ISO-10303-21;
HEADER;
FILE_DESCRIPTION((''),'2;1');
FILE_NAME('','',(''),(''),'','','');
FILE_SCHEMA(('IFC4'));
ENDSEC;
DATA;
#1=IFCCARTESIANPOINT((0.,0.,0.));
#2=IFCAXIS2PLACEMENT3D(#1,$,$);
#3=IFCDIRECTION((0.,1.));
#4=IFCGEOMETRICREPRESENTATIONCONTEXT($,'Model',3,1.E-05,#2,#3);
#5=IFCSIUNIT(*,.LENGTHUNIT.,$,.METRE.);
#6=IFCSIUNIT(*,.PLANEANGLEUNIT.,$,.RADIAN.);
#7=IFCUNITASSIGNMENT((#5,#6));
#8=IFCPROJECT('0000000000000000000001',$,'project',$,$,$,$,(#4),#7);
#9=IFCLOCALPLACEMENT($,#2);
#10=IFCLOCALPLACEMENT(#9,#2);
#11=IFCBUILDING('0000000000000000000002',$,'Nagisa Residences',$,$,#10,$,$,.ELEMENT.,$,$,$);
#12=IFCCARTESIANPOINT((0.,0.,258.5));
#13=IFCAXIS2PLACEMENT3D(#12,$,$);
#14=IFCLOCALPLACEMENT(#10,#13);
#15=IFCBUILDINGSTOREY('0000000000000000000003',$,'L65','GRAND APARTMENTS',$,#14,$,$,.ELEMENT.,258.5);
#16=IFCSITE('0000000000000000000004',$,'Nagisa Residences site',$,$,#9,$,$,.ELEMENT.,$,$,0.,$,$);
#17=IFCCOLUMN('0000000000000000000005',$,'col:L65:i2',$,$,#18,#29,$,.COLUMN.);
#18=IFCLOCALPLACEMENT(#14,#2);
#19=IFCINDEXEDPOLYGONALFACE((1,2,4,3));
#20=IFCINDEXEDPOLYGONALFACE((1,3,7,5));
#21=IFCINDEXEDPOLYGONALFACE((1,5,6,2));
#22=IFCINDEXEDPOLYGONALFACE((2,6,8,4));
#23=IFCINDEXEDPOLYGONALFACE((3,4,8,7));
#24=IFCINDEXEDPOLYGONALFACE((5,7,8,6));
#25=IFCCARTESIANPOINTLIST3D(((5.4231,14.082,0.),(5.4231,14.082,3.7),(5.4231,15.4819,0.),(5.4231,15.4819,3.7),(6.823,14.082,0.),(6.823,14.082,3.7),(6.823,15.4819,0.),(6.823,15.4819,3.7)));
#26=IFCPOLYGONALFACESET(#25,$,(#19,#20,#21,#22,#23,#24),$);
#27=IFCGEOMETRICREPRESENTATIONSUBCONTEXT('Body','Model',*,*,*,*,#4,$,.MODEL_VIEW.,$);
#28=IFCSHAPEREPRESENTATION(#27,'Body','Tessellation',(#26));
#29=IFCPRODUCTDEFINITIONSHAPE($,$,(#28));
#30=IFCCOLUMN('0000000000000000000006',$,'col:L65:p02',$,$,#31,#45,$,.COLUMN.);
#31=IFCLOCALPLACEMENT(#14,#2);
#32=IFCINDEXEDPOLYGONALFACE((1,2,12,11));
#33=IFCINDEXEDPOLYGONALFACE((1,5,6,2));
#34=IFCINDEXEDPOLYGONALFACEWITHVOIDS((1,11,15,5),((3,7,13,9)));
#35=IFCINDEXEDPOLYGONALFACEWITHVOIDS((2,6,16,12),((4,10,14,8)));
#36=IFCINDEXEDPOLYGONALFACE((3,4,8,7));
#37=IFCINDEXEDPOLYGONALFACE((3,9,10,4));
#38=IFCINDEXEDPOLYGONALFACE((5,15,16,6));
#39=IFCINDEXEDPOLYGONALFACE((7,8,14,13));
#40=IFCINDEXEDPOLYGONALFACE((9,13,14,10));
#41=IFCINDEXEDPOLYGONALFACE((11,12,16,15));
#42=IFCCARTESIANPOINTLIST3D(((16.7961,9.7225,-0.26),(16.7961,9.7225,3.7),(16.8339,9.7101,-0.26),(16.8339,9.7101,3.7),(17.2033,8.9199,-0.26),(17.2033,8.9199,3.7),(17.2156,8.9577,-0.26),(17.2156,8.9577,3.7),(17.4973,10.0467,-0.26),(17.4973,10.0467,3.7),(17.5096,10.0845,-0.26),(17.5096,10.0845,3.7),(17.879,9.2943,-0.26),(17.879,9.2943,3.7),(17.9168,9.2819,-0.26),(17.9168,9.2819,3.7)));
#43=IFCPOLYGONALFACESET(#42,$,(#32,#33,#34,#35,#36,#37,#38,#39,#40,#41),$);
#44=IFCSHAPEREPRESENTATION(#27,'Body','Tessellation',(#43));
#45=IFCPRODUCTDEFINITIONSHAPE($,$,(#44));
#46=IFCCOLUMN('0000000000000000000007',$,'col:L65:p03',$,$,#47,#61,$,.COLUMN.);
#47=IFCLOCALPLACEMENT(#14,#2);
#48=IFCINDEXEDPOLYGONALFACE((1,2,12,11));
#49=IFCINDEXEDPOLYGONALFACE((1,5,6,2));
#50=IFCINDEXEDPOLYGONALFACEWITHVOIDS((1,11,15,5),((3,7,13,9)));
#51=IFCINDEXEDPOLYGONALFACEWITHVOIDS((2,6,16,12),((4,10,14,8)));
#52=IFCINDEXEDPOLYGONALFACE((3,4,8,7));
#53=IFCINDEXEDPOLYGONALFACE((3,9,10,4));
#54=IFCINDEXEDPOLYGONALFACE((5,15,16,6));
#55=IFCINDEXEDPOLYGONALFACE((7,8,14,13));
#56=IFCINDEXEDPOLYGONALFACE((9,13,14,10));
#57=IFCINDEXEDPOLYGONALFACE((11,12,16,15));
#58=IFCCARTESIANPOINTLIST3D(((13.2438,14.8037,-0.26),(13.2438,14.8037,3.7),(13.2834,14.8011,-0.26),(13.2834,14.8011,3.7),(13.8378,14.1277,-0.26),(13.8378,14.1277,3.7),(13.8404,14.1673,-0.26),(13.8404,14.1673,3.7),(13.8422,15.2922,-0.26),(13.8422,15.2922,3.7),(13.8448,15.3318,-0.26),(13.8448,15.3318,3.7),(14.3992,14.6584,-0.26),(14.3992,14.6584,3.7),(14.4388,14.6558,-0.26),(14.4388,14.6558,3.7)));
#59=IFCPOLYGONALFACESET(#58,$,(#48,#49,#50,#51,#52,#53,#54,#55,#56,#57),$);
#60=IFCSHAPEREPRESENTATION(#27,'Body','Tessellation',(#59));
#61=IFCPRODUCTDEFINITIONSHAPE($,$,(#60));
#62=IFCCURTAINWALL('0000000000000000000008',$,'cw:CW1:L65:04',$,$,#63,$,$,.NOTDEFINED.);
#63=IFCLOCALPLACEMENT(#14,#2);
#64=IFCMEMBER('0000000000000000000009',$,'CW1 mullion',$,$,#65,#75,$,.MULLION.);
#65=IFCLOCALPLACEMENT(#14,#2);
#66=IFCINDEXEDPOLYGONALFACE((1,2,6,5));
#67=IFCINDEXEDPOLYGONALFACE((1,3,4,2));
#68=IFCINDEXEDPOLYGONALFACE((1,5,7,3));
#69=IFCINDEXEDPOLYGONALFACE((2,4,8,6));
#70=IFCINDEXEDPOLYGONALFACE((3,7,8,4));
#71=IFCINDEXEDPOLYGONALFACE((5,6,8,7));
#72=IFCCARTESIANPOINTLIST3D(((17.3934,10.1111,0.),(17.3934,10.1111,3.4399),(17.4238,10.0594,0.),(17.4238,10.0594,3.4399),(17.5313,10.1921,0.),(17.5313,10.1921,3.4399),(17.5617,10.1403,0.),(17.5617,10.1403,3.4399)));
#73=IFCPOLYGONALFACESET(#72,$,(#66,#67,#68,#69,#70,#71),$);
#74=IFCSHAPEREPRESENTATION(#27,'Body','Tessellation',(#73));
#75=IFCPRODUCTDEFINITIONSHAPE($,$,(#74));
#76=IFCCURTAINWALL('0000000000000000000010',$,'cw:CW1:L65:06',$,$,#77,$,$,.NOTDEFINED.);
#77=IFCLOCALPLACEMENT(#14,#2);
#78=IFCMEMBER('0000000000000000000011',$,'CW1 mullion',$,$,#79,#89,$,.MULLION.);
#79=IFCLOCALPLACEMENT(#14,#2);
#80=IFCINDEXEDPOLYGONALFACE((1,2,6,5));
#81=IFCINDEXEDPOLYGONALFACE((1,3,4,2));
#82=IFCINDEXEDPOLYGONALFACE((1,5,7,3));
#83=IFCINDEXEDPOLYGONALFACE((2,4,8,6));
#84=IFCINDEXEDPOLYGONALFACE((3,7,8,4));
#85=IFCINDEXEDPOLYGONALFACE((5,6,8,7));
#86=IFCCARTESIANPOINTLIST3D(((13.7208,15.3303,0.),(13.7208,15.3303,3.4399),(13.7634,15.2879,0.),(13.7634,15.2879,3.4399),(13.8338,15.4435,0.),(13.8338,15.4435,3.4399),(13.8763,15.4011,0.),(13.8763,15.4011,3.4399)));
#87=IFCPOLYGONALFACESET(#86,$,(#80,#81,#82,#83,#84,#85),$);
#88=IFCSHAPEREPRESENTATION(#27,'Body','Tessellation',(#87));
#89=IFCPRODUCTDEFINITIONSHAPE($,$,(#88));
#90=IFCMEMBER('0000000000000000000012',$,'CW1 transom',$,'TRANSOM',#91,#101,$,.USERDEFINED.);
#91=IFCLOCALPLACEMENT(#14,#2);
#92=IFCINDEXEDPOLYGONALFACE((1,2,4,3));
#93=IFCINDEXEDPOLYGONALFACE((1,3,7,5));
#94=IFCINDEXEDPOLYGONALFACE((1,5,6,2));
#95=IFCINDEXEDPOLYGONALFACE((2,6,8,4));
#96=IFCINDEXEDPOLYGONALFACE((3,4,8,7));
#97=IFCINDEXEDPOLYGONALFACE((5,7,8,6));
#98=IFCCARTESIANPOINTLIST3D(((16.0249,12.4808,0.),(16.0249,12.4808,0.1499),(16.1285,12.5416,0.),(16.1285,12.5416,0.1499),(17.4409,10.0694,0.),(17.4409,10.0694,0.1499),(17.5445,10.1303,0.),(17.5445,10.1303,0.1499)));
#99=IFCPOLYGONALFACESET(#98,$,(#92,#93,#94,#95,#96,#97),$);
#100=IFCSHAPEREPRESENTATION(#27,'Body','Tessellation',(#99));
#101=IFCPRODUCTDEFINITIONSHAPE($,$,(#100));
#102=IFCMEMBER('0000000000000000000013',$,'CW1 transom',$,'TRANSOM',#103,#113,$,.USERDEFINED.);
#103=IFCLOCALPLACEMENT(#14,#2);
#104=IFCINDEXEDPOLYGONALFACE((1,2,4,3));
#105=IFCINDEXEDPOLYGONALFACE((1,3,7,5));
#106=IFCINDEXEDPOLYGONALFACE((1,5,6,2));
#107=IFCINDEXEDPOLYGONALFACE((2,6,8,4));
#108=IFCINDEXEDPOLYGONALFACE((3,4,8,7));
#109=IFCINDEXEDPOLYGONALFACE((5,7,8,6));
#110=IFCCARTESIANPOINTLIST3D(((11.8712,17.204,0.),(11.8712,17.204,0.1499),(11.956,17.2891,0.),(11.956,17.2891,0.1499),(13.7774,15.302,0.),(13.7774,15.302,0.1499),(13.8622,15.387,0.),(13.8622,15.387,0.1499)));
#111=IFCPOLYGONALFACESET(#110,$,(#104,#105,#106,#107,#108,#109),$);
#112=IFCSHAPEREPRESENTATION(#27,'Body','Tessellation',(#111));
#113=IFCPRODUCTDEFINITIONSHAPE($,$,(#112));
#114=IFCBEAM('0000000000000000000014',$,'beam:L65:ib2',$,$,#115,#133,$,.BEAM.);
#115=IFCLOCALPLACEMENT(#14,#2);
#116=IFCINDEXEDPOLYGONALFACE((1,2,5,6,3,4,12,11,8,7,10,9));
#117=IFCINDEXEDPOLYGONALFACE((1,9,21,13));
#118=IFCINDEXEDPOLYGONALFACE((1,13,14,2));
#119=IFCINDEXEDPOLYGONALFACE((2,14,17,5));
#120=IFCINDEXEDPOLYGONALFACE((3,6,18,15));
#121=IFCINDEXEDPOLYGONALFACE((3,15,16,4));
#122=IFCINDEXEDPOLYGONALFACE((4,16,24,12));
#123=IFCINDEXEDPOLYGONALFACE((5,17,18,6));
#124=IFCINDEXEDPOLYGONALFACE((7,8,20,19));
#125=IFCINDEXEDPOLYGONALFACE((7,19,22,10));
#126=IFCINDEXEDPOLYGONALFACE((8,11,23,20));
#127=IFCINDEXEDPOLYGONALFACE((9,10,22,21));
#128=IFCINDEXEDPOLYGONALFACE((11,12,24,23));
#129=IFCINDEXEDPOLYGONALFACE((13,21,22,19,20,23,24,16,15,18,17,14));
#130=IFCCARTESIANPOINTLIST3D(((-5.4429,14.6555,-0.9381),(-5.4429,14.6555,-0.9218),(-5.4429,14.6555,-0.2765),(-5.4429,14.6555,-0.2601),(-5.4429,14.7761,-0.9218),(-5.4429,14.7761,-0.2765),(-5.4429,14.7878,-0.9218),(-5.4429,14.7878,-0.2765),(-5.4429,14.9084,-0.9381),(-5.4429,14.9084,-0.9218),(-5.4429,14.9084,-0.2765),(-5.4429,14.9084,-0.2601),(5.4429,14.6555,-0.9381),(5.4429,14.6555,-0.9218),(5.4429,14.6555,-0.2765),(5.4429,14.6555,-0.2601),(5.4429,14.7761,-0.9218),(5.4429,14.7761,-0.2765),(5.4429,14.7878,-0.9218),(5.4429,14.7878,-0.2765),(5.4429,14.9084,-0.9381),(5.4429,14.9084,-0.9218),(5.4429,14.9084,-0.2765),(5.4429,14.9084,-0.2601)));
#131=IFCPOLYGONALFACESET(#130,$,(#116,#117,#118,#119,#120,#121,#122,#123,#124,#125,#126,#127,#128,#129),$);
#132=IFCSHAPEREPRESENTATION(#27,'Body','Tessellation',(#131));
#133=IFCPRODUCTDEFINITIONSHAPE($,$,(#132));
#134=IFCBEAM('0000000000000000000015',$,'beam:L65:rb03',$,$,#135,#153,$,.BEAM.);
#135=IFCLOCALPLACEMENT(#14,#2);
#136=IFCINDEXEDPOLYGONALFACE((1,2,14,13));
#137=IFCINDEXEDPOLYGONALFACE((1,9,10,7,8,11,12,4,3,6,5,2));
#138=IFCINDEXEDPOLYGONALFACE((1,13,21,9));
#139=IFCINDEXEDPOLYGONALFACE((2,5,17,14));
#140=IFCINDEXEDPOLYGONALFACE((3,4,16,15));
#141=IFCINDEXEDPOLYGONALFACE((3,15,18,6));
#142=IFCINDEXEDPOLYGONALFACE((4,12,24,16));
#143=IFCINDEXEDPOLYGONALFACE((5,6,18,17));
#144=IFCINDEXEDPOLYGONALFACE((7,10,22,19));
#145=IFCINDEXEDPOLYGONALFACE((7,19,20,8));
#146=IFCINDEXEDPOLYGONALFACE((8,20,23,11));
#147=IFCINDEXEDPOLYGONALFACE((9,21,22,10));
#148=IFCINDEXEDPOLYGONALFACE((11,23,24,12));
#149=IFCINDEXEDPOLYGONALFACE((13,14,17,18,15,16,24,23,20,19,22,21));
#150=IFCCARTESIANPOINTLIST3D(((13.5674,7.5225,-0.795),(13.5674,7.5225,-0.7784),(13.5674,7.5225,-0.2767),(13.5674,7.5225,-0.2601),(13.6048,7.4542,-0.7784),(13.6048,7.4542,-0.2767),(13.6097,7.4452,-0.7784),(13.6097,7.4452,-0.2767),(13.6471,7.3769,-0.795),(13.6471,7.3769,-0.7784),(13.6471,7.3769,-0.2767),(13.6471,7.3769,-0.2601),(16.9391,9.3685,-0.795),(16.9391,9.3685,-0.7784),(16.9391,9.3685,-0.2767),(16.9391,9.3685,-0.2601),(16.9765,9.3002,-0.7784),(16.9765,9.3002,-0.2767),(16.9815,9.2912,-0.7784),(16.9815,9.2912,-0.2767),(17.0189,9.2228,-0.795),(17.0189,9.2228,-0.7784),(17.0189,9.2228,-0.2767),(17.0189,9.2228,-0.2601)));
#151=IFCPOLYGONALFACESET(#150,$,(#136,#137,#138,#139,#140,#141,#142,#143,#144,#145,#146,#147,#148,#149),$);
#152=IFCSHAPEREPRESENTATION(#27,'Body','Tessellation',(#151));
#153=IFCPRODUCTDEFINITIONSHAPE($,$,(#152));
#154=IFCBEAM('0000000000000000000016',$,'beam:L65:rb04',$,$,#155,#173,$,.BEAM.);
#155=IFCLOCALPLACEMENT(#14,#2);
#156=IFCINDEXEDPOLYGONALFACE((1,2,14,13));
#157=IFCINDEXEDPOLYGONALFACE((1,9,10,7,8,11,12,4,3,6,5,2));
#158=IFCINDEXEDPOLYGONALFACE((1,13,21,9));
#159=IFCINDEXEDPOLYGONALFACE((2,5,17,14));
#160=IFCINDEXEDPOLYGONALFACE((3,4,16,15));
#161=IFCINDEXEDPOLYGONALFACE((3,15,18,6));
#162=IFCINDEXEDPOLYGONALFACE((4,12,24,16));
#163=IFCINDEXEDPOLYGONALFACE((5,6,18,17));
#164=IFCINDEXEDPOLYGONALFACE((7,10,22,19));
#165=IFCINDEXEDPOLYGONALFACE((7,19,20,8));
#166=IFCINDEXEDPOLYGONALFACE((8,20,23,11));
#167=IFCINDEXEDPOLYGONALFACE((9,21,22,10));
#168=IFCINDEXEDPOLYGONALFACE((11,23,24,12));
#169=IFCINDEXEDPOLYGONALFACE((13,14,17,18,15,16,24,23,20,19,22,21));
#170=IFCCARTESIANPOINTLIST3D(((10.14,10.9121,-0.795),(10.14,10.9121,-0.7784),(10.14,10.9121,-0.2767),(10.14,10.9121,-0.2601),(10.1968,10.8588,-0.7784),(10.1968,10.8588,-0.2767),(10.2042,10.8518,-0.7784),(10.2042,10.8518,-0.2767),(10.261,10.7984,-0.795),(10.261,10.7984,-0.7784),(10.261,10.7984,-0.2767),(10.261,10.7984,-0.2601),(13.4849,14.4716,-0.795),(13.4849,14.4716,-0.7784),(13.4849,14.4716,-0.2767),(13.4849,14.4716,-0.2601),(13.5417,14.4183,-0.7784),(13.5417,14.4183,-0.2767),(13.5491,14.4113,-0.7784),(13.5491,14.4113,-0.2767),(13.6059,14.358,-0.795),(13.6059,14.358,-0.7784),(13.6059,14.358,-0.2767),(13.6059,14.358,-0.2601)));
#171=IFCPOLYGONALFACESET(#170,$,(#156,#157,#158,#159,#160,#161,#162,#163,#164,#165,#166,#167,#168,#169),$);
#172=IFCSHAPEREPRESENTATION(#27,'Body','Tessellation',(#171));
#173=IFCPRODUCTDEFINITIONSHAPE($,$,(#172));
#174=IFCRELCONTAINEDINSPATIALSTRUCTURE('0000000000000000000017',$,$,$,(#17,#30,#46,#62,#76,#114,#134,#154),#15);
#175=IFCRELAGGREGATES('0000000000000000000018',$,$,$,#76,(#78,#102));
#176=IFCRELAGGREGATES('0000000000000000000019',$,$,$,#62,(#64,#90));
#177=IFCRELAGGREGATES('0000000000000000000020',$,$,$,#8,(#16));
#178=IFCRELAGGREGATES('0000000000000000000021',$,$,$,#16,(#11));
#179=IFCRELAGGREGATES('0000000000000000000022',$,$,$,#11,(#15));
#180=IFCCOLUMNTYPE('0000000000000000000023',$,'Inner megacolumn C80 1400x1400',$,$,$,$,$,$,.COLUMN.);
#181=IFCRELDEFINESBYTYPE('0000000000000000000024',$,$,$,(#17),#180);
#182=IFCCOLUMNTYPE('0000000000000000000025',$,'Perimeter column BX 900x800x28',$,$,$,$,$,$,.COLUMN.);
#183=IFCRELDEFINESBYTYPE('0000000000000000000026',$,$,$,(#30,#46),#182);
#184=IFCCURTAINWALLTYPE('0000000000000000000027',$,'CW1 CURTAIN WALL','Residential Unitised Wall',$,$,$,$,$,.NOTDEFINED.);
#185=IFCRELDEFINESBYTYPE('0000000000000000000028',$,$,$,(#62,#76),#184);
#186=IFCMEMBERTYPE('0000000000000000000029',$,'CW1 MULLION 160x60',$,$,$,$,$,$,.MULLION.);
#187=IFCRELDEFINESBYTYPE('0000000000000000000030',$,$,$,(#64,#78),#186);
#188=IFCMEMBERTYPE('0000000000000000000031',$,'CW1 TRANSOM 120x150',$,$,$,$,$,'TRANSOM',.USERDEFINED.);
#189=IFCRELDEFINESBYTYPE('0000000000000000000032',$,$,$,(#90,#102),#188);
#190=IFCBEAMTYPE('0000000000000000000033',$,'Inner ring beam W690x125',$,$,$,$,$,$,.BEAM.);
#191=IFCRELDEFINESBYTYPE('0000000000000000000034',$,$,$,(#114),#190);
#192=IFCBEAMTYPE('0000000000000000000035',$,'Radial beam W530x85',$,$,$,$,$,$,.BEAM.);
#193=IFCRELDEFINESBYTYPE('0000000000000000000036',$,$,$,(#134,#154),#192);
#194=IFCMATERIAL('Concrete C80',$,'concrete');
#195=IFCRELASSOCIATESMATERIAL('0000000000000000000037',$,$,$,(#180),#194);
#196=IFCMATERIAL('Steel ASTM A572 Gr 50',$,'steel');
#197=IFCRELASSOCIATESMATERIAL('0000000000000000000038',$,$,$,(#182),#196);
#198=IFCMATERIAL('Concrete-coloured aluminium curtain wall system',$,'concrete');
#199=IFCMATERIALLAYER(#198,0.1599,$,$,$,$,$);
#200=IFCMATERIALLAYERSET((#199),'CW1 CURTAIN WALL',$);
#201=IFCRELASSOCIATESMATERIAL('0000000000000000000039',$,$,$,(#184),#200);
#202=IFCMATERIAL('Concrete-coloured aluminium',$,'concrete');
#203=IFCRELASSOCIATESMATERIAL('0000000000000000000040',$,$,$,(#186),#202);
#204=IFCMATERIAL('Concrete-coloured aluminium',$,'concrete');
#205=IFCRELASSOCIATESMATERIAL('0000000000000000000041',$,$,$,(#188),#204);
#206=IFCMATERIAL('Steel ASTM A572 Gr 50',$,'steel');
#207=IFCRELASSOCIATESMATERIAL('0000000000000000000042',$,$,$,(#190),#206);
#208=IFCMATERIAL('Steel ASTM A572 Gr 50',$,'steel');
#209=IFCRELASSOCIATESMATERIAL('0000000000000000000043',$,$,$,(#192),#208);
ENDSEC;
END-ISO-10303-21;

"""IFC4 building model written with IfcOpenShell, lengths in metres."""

from ifc_helpers import new_model, si_unit, direction, frame, origin, origin_2d, place, context, subcontext, project, spatial, rectangle, hollow_rectangle, i_section, extrude, material, layer, layer_set, material_profile, profile_set, type_object, element, aggregate, save


model = new_model("IFC4")

# Units and contexts
model_context = context("Model", 3, precision=1e-05, world=origin(), true_north=direction((0.0, 1.0)))
body_context = subcontext(model_context, "Body", "Model", "MODEL_VIEW")
ifc_project = project(units=[si_unit("LENGTHUNIT", "METRE"), si_unit("PLANEANGLEUNIT", "RADIAN")], contexts=[model_context])

# Site, building, storey
site_placement = place(None, origin())
site = spatial("IfcSite", under=ifc_project, at=site_placement, Name="Nagisa Residences site", CompositionType="ELEMENT", RefElevation=0.0)
building_placement = place(site_placement, origin())
building = spatial("IfcBuilding", under=site, at=building_placement, Name="Nagisa Residences", CompositionType="ELEMENT")
storey_placement = place(building_placement, frame((0.0, 0.0, 258.5)))
storey = spatial("IfcBuildingStorey", under=building, at=storey_placement, Name="L65", Description="GRAND APARTMENTS", CompositionType="ELEMENT", Elevation=258.5)

# Columns
ifc_material_1 = material(Name="Concrete C80", Category="concrete")
ifc_material_profile_1 = material_profile(ifc_material_1, rectangle(XDim=1.3999, YDim=1.3999, at=origin_2d()), Name="C80 1400x1400")
ifc_profile_set_1 = profile_set([ifc_material_profile_1], Name="Concrete C80")
column_type_1 = type_object("IfcColumnType", Name="Inner megacolumn C80 1400x1400", PredefinedType="COLUMN", material=ifc_profile_set_1)
column_placement = place(storey_placement, frame((6.123, 14.782, 0.0), z_axis=(0.0, 0.0, 1.0), x_axis=(1.0, 0.0, 0.0)))
element("IfcColumn", 1, at=column_placement, inside=storey, type_object=column_type_1, Name="col:L65:i2", PredefinedType="COLUMN", context=body_context, shape_type="SweptSolid", body=[
    extrude(rectangle(XDim=1.3999, YDim=1.3999, at=origin_2d()), origin(), (0.0, 0.0, 1.0), 3.7),
])
ifc_material_2 = material(Name="Steel ASTM A572 Gr 50", Category="steel")
ifc_material_profile_2 = material_profile(ifc_material_2, hollow_rectangle(XDim=0.8999, YDim=0.8, WallThickness=0.0281, at=origin_2d()), Name="BX 900x800x28")
ifc_profile_set_2 = profile_set([ifc_material_profile_2], Name="Steel ASTM A572 Gr 50")
column_type_2 = type_object("IfcColumnType", Name="Perimeter column BX 900x800x28", PredefinedType="COLUMN", material=ifc_profile_set_2)
for number, where, z_axis, x_axis, name in (
    (2, (17.3564, 9.5022, -0.26), (0.0, 0.0, 1.0), (-0.452463, 0.891783, 0.0), "col:L65:p02"),
    (3, (13.8413, 14.7297, -0.26), (0.0, 0.0, 1.0), (-0.660115, 0.751165, 0.0), "col:L65:p03"),
):
    element("IfcColumn", number, at=place(storey_placement, frame(where, z_axis=z_axis, x_axis=x_axis)), inside=storey, type_object=column_type_2, Name=name, PredefinedType="COLUMN", context=body_context, shape_type="SweptSolid", body=[
        extrude(hollow_rectangle(XDim=0.8999, YDim=0.8, WallThickness=0.0281, at=origin_2d()), origin(), (0.0, 0.0, 1.0), 3.96),
    ])

# Curtain walls, members
ifc_material_3 = material(Name="Concrete-coloured aluminium curtain wall system", Category="concrete")
ifc_layer_1 = layer(ifc_material_3, 0.1599)
ifc_layer_set_1 = layer_set([ifc_layer_1], Name="CW1 CURTAIN WALL")
curtain_wall_type = type_object("IfcCurtainWallType", Name="CW1 CURTAIN WALL", Description="Residential Unitised Wall", PredefinedType="NOTDEFINED", material=ifc_layer_set_1)
curtain_wall_1_placement = place(storey_placement, origin())
curtain_wall_1 = element("IfcCurtainWall", 4, at=curtain_wall_1_placement, inside=storey, type_object=curtain_wall_type, Name="cw:CW1:L65:04", PredefinedType="NOTDEFINED")
ifc_material_4 = material(Name="Concrete-coloured aluminium", Category="concrete")
ifc_material_profile_3 = material_profile(ifc_material_4, rectangle(XDim=0.1599, YDim=0.0601, at=origin_2d()), Name="CW1 MULLION 160x60")
ifc_profile_set_3 = profile_set([ifc_material_profile_3], Name="Concrete-coloured aluminium")
member_type_1 = type_object("IfcMemberType", Name="CW1 MULLION 160x60", PredefinedType="MULLION", material=ifc_profile_set_3)
member_1_placement = place(storey_placement, frame((17.4775, 10.1257, 0.0), z_axis=(0.0, 0.0, 1.0), x_axis=(-0.862329, -0.506349, 0.0)))
member_1 = element("IfcMember", 5, at=member_1_placement, type_object=member_type_1, Name="CW1 mullion", PredefinedType="MULLION", context=body_context, shape_type="SweptSolid", body=[
    extrude(rectangle(XDim=0.1599, YDim=0.0601, at=origin_2d()), origin(), (0.0, 0.0, 1.0), 3.4399),
])
curtain_wall_2_placement = place(storey_placement, origin())
curtain_wall_2 = element("IfcCurtainWall", 6, at=curtain_wall_2_placement, inside=storey, type_object=curtain_wall_type, Name="cw:CW1:L65:06", PredefinedType="NOTDEFINED")
member_2_placement = place(storey_placement, frame((13.7986, 15.3657, 0.0), z_axis=(0.0, 0.0, 1.0), x_axis=(-0.706377, -0.707836, 0.0)))
member_2 = element("IfcMember", 7, at=member_2_placement, type_object=member_type_1, Name="CW1 mullion", PredefinedType="MULLION", context=body_context, shape_type="SweptSolid", body=[
    extrude(rectangle(XDim=0.1599, YDim=0.0601, at=origin_2d()), origin(), (0.0, 0.0, 1.0), 3.4399),
])

# Members
ifc_material_5 = material(Name="Concrete-coloured aluminium", Category="concrete")
ifc_material_profile_4 = material_profile(ifc_material_5, rectangle(XDim=0.1201, YDim=0.1499, at=origin_2d()), Name="CW1 TRANSOM 120x150")
ifc_profile_set_4 = profile_set([ifc_material_profile_4], Name="Concrete-coloured aluminium")
member_type_2 = type_object("IfcMemberType", Name="CW1 TRANSOM 120x150", ElementType="TRANSOM", PredefinedType="USERDEFINED", material=ifc_profile_set_4)
member_3_placement = place(storey_placement, frame((17.4927, 10.0999, 0.075), z_axis=(-0.506371, 0.862316, 0.0), x_axis=(-0.862316, -0.506371, 0.0)))
member_3 = element("IfcMember", 8, at=member_3_placement, type_object=member_type_2, Name="CW1 transom", ObjectType="TRANSOM", PredefinedType="USERDEFINED", context=body_context, shape_type="SweptSolid", body=[
    extrude(rectangle(XDim=0.1201, YDim=0.1499, at=origin_2d()), origin(), (0.0, 0.0, 1.0), 2.7964),
])
member_4_placement = place(storey_placement, frame((13.8198, 15.3445, 0.075), z_axis=(-0.707877, 0.706336, 0.0), x_axis=(-0.706336, -0.707877, 0.0)))
member_4 = element("IfcMember", 9, at=member_4_placement, type_object=member_type_2, Name="CW1 transom", ObjectType="TRANSOM", PredefinedType="USERDEFINED", context=body_context, shape_type="SweptSolid", body=[
    extrude(rectangle(XDim=0.1201, YDim=0.1499, at=origin_2d()), origin(), (0.0, 0.0, 1.0), 2.6929),
])
aggregate(curtain_wall_2, [member_2, member_4])

# Beams
ifc_material_6 = material(Name="Steel ASTM A572 Gr 50", Category="steel")
ifc_material_profile_5 = material_profile(ifc_material_6, i_section(OverallWidth=0.2529, OverallDepth=0.678, WebThickness=0.0117, FlangeThickness=0.0164, at=origin_2d()), Name="W690x125")
ifc_profile_set_5 = profile_set([ifc_material_profile_5], Name="Steel ASTM A572 Gr 50")
beam_type_1 = type_object("IfcBeamType", Name="Inner ring beam W690x125", PredefinedType="BEAM", material=ifc_profile_set_5)
beam_1_placement = place(storey_placement, frame((5.4429, 14.782, -0.5991), z_axis=(-1.0, 0.0, 0.0), x_axis=(0.0, -1.0, 0.0)))
element("IfcBeam", 10, at=beam_1_placement, inside=storey, type_object=beam_type_1, Name="beam:L65:ib2", PredefinedType="BEAM", context=body_context, shape_type="SweptSolid", body=[
    extrude(i_section(OverallWidth=0.2529, OverallDepth=0.678, WebThickness=0.0117, FlangeThickness=0.0164, at=origin_2d()), origin(), (0.0, 0.0, 1.0), 10.8857),
])
ifc_material_7 = material(Name="Steel ASTM A572 Gr 50", Category="steel")
ifc_material_profile_6 = material_profile(ifc_material_7, i_section(OverallWidth=0.166, OverallDepth=0.5349, WebThickness=0.0103, FlangeThickness=0.0166, at=origin_2d()), Name="W530x85")
ifc_profile_set_6 = profile_set([ifc_material_profile_6], Name="Steel ASTM A572 Gr 50")
beam_type_2 = type_object("IfcBeamType", Name="Radial beam W530x85", PredefinedType="BEAM", material=ifc_profile_set_6)
beam_2_placement = place(storey_placement, frame((16.979, 9.2957, -0.5276), z_axis=(-0.877154, -0.480209, 0.0), x_axis=(0.480209, -0.877154, 0.0)))
element("IfcBeam", 11, at=beam_2_placement, inside=storey, type_object=beam_type_2, Name="beam:L65:rb03", PredefinedType="BEAM", context=body_context, shape_type="SweptSolid", body=[
    extrude(i_section(OverallWidth=0.166, OverallDepth=0.5349, WebThickness=0.0103, FlangeThickness=0.0166, at=origin_2d()), origin(), (0.0, 0.0, 1.0), 3.844),
])
beam_3_placement = place(storey_placement, frame((13.5454, 14.4148, -0.5276), z_axis=(-0.684799, -0.728732, 0.0), x_axis=(0.728732, -0.684799, 0.0)))
element("IfcBeam", 12, at=beam_3_placement, inside=storey, type_object=beam_type_2, Name="beam:L65:rb04", PredefinedType="BEAM", context=body_context, shape_type="SweptSolid", body=[
    extrude(i_section(OverallWidth=0.166, OverallDepth=0.5349, WebThickness=0.0103, FlangeThickness=0.0166, at=origin_2d()), origin(), (0.0, 0.0, 1.0), 4.8845),
])

aggregate(curtain_wall_1, [member_1, member_3])

save(model, "model.ifc")
